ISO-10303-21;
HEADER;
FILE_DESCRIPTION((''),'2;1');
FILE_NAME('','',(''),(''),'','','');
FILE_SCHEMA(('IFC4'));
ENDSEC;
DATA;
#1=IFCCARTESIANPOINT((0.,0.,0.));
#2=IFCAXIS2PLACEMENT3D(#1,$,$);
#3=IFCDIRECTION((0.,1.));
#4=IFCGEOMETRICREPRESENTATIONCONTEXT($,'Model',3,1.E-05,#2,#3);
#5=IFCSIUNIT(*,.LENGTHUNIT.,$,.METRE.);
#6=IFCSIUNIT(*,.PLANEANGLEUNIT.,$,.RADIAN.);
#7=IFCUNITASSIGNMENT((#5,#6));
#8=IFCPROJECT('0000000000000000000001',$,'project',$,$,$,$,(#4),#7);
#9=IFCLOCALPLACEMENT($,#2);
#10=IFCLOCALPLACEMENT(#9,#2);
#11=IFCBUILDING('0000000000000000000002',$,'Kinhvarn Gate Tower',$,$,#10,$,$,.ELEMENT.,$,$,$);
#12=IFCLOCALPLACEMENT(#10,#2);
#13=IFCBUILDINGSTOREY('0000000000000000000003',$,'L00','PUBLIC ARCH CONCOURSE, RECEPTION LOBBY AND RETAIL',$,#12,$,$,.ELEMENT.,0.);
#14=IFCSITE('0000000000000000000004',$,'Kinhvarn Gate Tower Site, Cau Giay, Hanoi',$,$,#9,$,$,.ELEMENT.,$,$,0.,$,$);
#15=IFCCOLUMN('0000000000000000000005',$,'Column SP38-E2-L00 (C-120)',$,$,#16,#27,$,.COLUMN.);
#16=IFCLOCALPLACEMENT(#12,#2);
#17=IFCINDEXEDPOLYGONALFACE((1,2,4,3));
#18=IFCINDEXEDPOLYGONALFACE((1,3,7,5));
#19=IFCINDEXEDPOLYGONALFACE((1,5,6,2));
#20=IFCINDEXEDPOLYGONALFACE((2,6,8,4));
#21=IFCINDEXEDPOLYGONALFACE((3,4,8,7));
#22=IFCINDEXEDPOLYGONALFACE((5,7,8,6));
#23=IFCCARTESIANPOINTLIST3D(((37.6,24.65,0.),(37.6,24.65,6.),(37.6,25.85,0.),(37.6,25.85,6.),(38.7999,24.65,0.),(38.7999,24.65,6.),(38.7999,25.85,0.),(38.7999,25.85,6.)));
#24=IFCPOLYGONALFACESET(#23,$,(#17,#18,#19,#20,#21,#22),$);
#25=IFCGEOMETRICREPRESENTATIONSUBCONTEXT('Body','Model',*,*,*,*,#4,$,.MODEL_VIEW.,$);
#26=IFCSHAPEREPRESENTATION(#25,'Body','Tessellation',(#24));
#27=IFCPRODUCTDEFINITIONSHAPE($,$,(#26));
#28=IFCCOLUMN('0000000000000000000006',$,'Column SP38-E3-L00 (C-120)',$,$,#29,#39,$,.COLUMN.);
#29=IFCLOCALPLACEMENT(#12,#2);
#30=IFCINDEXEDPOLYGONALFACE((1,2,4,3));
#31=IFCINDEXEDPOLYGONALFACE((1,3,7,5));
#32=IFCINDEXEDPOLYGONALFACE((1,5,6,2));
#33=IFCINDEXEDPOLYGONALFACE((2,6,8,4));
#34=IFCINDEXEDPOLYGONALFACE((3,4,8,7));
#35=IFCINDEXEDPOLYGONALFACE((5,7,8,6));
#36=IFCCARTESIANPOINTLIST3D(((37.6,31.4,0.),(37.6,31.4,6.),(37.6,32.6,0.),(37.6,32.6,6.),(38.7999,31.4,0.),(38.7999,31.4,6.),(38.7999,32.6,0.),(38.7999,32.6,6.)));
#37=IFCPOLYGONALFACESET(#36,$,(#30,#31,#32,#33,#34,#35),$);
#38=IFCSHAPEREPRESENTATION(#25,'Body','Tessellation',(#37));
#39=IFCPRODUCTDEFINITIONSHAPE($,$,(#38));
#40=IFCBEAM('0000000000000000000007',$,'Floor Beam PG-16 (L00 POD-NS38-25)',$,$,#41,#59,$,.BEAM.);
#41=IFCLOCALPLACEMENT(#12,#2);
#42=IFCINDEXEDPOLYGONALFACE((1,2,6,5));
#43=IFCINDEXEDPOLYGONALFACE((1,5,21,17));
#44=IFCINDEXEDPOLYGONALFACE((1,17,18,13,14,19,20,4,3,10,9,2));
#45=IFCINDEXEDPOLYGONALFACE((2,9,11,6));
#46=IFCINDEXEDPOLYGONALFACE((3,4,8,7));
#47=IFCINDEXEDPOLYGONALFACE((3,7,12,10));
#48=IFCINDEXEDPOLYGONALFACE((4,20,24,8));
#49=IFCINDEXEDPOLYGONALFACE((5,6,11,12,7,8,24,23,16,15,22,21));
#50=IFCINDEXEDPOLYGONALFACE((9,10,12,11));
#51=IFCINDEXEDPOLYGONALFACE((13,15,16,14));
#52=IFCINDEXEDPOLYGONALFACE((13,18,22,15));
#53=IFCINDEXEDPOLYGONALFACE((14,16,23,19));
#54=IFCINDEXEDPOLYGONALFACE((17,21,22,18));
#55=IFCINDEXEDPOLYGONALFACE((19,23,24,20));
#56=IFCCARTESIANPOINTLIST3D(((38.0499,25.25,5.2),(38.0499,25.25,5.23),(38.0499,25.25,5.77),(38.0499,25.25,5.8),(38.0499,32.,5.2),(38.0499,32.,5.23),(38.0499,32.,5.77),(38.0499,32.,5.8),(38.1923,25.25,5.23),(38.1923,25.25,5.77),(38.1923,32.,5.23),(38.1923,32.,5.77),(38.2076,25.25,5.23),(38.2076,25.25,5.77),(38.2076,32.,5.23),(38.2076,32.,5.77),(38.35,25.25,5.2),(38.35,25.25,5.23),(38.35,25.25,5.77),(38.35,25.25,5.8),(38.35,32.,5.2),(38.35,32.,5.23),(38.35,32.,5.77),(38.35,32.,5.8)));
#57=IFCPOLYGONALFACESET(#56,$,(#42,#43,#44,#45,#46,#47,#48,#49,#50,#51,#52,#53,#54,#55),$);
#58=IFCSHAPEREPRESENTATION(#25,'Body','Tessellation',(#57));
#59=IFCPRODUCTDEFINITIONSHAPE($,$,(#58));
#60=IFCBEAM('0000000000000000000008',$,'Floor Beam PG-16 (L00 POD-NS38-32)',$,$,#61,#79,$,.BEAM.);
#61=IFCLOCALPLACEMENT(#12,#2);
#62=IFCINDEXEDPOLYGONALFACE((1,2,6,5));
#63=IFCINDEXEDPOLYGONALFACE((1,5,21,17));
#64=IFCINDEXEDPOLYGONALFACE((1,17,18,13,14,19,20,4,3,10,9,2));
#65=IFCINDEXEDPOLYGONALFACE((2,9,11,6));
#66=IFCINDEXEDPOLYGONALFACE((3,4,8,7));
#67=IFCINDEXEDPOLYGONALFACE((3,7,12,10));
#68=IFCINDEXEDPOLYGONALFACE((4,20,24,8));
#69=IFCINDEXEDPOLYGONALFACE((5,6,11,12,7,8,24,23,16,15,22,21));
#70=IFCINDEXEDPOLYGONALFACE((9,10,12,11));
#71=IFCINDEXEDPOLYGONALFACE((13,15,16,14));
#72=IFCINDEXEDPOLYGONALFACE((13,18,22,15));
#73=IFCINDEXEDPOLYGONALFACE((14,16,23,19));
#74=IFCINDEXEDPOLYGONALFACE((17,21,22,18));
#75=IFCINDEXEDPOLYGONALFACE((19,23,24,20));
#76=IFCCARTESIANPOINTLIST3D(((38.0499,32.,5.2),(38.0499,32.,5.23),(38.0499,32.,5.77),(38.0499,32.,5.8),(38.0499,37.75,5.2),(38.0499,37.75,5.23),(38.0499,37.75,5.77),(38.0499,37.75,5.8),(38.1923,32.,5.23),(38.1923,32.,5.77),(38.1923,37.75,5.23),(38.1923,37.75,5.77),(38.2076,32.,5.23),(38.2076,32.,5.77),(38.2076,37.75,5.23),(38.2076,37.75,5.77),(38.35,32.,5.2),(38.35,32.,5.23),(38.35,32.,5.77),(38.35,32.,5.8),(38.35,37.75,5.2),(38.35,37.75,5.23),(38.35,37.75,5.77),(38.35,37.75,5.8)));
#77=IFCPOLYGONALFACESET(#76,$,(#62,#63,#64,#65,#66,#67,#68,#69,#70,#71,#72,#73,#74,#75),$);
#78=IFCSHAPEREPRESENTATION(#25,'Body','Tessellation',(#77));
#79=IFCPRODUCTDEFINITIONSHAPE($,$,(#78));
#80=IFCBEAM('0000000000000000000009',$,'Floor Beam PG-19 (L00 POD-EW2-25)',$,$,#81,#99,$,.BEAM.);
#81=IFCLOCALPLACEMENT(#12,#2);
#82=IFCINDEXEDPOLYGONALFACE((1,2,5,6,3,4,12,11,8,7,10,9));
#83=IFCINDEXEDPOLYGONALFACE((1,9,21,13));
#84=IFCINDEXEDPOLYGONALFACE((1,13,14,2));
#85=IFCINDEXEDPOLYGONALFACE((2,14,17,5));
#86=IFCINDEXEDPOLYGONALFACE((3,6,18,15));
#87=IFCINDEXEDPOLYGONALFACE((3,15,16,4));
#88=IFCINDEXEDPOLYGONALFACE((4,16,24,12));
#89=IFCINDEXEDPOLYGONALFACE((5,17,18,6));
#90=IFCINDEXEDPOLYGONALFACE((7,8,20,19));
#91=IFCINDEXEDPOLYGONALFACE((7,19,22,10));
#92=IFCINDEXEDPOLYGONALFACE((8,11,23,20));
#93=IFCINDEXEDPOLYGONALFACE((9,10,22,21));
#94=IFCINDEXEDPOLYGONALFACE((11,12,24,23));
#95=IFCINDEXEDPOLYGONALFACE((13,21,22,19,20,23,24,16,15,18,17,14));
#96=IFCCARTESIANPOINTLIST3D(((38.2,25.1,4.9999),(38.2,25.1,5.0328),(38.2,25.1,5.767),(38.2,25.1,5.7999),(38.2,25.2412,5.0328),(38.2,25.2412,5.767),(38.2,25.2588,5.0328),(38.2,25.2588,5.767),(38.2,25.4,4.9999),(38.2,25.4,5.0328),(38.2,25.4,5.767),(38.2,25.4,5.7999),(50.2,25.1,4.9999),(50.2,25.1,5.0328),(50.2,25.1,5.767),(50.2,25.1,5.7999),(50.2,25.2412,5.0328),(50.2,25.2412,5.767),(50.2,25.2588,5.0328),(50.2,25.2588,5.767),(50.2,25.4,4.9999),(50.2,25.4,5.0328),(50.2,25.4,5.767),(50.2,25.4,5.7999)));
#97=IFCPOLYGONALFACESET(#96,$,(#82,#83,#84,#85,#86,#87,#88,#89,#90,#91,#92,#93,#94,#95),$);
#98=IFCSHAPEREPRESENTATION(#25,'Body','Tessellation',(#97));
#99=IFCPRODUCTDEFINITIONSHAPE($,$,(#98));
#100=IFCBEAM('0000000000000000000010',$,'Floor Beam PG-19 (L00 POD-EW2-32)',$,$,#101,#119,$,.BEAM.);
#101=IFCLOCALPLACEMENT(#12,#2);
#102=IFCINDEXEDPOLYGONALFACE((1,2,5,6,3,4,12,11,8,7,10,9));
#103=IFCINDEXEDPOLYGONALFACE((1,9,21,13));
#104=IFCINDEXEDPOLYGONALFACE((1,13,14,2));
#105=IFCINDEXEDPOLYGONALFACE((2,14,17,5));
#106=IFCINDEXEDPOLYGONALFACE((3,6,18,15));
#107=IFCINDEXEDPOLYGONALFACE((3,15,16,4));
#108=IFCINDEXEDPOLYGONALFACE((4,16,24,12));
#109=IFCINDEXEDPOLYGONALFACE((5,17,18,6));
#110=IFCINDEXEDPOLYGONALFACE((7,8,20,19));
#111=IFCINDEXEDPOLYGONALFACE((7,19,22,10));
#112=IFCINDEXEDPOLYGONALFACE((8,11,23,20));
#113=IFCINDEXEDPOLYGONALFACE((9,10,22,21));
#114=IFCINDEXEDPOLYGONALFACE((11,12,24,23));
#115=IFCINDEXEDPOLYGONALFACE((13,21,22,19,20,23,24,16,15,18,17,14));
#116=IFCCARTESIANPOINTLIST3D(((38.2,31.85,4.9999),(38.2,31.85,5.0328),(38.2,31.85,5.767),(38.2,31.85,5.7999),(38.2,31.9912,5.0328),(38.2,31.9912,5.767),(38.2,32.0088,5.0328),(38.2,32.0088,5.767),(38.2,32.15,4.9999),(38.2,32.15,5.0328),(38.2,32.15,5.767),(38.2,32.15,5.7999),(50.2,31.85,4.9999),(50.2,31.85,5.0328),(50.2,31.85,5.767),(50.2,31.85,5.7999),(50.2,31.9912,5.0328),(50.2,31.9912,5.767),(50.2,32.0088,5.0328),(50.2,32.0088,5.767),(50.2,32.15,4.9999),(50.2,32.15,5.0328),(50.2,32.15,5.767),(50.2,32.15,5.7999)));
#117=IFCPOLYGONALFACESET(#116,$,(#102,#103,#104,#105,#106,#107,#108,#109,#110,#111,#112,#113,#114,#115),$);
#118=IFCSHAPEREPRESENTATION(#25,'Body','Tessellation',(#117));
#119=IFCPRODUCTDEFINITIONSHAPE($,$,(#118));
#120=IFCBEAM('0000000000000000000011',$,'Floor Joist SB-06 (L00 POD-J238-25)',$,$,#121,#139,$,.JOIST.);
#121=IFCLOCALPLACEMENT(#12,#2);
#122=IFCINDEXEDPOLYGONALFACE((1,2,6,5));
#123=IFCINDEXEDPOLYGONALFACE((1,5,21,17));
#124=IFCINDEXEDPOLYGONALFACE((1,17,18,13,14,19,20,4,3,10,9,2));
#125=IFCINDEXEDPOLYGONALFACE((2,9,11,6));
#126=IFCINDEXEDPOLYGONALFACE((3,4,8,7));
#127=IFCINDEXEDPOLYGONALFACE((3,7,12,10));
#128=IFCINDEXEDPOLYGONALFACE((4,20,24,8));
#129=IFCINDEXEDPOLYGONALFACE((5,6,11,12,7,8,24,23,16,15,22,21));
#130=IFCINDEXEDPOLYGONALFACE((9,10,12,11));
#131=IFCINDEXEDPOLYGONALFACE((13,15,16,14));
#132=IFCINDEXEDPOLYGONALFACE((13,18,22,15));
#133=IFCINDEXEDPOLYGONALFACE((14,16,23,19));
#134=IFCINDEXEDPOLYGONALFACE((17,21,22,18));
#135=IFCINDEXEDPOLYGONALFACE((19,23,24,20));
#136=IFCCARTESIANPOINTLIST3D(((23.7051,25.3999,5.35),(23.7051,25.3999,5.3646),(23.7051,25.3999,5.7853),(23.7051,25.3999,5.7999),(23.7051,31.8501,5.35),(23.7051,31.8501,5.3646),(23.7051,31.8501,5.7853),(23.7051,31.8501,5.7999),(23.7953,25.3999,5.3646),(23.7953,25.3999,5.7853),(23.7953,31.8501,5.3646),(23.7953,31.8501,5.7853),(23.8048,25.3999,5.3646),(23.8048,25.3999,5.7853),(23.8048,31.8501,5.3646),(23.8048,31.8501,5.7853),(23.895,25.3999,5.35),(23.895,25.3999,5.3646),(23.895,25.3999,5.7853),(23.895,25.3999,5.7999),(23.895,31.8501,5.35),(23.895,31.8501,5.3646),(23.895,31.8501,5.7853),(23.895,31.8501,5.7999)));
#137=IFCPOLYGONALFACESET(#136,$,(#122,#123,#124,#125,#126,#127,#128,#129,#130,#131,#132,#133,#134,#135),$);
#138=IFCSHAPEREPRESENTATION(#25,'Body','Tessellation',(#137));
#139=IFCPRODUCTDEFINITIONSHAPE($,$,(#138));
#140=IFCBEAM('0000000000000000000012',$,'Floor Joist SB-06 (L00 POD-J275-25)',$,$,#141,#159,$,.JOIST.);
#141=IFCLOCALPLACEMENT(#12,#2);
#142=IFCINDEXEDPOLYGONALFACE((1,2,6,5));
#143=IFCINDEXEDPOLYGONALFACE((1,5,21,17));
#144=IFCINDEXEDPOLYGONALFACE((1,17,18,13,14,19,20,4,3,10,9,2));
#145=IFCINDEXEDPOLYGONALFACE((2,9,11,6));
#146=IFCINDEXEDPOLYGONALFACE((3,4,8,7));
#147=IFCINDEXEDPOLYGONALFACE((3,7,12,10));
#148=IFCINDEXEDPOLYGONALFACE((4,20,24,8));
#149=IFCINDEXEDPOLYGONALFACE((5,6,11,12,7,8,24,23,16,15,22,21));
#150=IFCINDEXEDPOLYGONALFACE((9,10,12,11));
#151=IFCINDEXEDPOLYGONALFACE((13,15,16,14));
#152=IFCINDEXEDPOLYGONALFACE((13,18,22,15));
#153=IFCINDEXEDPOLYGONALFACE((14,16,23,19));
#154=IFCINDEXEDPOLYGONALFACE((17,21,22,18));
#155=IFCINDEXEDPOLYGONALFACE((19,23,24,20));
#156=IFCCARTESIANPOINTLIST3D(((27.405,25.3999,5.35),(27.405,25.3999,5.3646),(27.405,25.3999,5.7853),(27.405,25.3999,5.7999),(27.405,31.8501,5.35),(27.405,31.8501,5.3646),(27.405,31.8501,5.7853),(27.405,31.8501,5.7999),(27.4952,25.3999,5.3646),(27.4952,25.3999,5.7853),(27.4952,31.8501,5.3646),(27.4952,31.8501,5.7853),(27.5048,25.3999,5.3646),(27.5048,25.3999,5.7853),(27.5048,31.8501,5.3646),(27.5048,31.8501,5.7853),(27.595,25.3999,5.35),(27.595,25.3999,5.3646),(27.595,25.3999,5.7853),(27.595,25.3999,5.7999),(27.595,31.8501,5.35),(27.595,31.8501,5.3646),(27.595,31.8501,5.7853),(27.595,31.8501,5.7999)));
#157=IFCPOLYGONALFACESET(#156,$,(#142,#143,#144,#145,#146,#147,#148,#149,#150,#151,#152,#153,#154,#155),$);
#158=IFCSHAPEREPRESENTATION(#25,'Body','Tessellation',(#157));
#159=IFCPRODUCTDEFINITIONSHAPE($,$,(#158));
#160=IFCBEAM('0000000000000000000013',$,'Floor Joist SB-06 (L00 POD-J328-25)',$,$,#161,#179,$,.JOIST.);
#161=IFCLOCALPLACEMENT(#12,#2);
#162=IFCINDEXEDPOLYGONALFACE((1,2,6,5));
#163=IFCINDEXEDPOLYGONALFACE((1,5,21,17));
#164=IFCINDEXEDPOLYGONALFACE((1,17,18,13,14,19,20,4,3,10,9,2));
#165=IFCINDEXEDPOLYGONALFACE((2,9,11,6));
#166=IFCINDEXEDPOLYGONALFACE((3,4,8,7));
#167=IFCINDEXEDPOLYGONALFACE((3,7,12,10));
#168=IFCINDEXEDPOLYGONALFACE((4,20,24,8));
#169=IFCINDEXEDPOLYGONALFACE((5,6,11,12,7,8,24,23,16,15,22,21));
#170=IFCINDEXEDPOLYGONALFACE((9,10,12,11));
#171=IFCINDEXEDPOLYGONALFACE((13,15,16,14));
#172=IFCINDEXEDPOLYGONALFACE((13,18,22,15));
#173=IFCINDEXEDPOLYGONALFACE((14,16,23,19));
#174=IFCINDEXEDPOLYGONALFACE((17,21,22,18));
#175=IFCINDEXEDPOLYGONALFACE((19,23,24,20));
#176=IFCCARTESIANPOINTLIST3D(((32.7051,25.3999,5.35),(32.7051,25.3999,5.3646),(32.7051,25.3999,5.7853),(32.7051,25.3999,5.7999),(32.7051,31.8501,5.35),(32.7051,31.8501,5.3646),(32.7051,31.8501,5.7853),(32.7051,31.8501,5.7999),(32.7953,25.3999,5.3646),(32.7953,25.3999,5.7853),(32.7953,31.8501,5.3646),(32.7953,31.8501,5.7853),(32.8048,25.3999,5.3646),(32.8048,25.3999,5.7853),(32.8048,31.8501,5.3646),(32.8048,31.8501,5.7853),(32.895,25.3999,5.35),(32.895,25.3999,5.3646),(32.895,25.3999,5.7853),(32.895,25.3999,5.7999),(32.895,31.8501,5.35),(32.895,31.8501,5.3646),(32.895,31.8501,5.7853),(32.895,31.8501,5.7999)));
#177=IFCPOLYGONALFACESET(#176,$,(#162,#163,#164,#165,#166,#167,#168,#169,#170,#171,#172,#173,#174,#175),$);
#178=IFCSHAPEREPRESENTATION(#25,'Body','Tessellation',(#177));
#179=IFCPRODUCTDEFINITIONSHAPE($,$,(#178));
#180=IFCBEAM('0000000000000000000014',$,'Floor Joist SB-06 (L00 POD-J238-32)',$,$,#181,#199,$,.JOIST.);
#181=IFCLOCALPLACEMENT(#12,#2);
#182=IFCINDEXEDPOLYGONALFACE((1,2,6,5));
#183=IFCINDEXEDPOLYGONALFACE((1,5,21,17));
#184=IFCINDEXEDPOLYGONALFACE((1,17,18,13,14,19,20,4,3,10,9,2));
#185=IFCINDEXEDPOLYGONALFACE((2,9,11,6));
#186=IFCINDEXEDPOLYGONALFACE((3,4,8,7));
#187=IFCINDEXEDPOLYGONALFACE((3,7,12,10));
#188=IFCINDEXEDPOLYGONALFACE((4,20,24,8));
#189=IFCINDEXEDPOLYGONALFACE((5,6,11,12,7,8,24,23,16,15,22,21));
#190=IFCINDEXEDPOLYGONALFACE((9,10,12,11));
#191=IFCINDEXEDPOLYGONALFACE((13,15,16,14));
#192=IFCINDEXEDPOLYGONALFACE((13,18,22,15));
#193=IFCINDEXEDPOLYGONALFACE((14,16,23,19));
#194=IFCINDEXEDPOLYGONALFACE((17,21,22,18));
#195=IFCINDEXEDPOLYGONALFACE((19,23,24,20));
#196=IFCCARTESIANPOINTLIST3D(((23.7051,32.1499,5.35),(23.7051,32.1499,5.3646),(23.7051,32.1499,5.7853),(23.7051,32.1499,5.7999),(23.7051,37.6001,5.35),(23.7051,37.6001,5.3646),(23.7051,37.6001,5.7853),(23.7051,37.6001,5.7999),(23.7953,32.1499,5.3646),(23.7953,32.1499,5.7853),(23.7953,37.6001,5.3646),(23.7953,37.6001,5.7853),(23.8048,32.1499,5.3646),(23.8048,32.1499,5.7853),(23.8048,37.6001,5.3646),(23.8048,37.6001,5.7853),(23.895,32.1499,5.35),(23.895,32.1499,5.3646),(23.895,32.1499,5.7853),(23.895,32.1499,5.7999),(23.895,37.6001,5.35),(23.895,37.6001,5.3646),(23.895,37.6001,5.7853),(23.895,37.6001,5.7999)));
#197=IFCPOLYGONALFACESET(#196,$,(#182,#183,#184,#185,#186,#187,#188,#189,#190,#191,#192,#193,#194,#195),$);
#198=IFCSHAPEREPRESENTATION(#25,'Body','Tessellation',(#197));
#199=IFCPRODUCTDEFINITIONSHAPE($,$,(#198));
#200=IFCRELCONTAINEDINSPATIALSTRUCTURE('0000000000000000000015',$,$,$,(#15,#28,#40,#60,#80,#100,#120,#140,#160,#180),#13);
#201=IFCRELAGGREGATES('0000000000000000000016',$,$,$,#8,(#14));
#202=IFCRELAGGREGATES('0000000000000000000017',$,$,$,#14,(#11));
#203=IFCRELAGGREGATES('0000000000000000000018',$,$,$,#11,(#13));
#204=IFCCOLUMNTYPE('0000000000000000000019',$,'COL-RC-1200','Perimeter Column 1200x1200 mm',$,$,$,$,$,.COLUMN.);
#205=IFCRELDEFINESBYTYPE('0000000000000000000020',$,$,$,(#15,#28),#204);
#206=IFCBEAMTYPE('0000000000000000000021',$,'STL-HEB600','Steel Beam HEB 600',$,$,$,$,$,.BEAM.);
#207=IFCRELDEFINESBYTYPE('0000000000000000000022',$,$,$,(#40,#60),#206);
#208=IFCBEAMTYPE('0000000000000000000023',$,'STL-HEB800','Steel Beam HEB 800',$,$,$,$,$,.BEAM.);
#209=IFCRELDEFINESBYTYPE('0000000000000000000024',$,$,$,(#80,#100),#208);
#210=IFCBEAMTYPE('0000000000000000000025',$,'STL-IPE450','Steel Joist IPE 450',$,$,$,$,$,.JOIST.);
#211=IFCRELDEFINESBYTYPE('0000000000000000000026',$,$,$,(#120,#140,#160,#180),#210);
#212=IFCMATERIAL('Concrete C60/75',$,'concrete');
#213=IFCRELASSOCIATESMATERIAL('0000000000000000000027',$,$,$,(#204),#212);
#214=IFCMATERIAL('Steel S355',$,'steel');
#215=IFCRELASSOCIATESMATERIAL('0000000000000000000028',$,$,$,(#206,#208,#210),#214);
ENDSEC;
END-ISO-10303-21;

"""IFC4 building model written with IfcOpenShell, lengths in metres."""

from ifc_helpers import new_model, si_unit, direction, frame, origin, origin_2d, place, context, subcontext, project, spatial, rectangle, i_section, extrude, material, material_profile, profile_set, type_object, element, save


model = new_model("IFC4")

# Units and contexts
model_context = context("Model", 3, precision=1e-05, world=origin(), true_north=direction((0.0, 1.0)))
body_context = subcontext(model_context, "Body", "Model", "MODEL_VIEW")
ifc_project = project(units=[si_unit("LENGTHUNIT", "METRE"), si_unit("PLANEANGLEUNIT", "RADIAN")], contexts=[model_context])

# Site, building, storey
site_placement = place(None, origin())
site = spatial("IfcSite", under=ifc_project, at=site_placement, Name="Kinhvarn Gate Tower Site, Cau Giay, Hanoi", CompositionType="ELEMENT", RefElevation=0.0)
building_placement = place(site_placement, origin())
building = spatial("IfcBuilding", under=site, at=building_placement, Name="Kinhvarn Gate Tower", CompositionType="ELEMENT")
storey_placement = place(building_placement, origin())
storey = spatial("IfcBuildingStorey", under=building, at=storey_placement, Name="L00", Description="PUBLIC ARCH CONCOURSE, RECEPTION LOBBY AND RETAIL", CompositionType="ELEMENT", Elevation=0.0)

# Columns
ifc_material_1 = material(Name="Concrete C60/75", Category="concrete")
ifc_material_profile_1 = material_profile(ifc_material_1, rectangle(XDim=1.2, YDim=1.2, at=origin_2d()), Name="RC 1200x1200")
ifc_profile_set_1 = profile_set([ifc_material_profile_1], Name="Concrete C60/75")
column_type = type_object("IfcColumnType", Name="COL-RC-1200", Description="Perimeter Column 1200x1200 mm", PredefinedType="COLUMN", material=ifc_profile_set_1)
for number, where, z_axis, x_axis, name in (
    (1, (38.2, 25.25, 0.0), (0.0, 0.0, 1.0), (1.0, 0.0, 0.0), "Column SP38-E2-L00 (C-120)"),
    (2, (38.2, 32.0, 0.0), (0.0, 0.0, 1.0), (1.0, 0.0, 0.0), "Column SP38-E3-L00 (C-120)"),
):
    element("IfcColumn", number, at=place(storey_placement, frame(where, z_axis=z_axis, x_axis=x_axis)), inside=storey, type_object=column_type, Name=name, PredefinedType="COLUMN", context=body_context, shape_type="SweptSolid", body=[
        extrude(rectangle(XDim=1.2, YDim=1.2, at=origin_2d()), origin(), (0.0, 0.0, 1.0), 6.0),
    ])

# Beams
ifc_material_2 = material(Name="Steel S355", Category="steel")
ifc_material_profile_2 = material_profile(ifc_material_2, i_section(OverallWidth=0.3, OverallDepth=0.6001, WebThickness=0.0154, FlangeThickness=0.03, at=origin_2d()), Name="HEB 600")
ifc_profile_set_2 = profile_set([ifc_material_profile_2], Name="Steel S355")
beam_type_1 = type_object("IfcBeamType", Name="STL-HEB600", Description="Steel Beam HEB 600", PredefinedType="BEAM", material=ifc_profile_set_2)
beam_1_placement = place(storey_placement, frame((38.2, 25.25, 5.5), z_axis=(0.0, 1.0, 0.0), x_axis=(-1.0, 0.0, 0.0)))
element("IfcBeam", 3, at=beam_1_placement, inside=storey, type_object=beam_type_1, Name="Floor Beam PG-16 (L00 POD-NS38-25)", PredefinedType="BEAM", context=body_context, shape_type="SweptSolid", body=[
    extrude(i_section(OverallWidth=0.3, OverallDepth=0.6001, WebThickness=0.0154, FlangeThickness=0.03, at=origin_2d()), origin(), (0.0, 0.0, 1.0), 6.75),
])
beam_2_placement = place(storey_placement, frame((38.2, 32.0, 5.5), z_axis=(0.0, 1.0, 0.0), x_axis=(-1.0, 0.0, 0.0)))
element("IfcBeam", 4, at=beam_2_placement, inside=storey, type_object=beam_type_1, Name="Floor Beam PG-16 (L00 POD-NS38-32)", PredefinedType="BEAM", context=body_context, shape_type="SweptSolid", body=[
    extrude(i_section(OverallWidth=0.3, OverallDepth=0.6001, WebThickness=0.0154, FlangeThickness=0.03, at=origin_2d()), origin(), (0.0, 0.0, 1.0), 5.75),
])
ifc_material_profile_3 = material_profile(ifc_material_2, i_section(OverallWidth=0.3, OverallDepth=0.8, WebThickness=0.0176, FlangeThickness=0.033, at=origin_2d()), Name="HEB 800")
ifc_profile_set_3 = profile_set([ifc_material_profile_3], Name="Steel S355")
beam_type_2 = type_object("IfcBeamType", Name="STL-HEB800", Description="Steel Beam HEB 800", PredefinedType="BEAM", material=ifc_profile_set_3)
for number, where, z_axis, x_axis, name in (
    (5, (38.2, 25.25, 5.3999), (1.0, 0.0, 0.0), (0.0, 1.0, 0.0), "Floor Beam PG-19 (L00 POD-EW2-25)"),
    (6, (38.2, 32.0, 5.3999), (1.0, 0.0, 0.0), (0.0, 1.0, 0.0), "Floor Beam PG-19 (L00 POD-EW2-32)"),
):
    element("IfcBeam", number, at=place(storey_placement, frame(where, z_axis=z_axis, x_axis=x_axis)), inside=storey, type_object=beam_type_2, Name=name, PredefinedType="BEAM", context=body_context, shape_type="SweptSolid", body=[
        extrude(i_section(OverallWidth=0.3, OverallDepth=0.8, WebThickness=0.0176, FlangeThickness=0.033, at=origin_2d()), origin(), (0.0, 0.0, 1.0), 12.0),
    ])
ifc_material_profile_4 = material_profile(ifc_material_2, i_section(OverallWidth=0.1899, OverallDepth=0.45, WebThickness=0.0095, FlangeThickness=0.0146, at=origin_2d()), Name="IPE 450")
ifc_profile_set_4 = profile_set([ifc_material_profile_4], Name="Steel S355")
beam_type_3 = type_object("IfcBeamType", Name="STL-IPE450", Description="Steel Joist IPE 450", PredefinedType="JOIST", material=ifc_profile_set_4)
for number, where, z_axis, x_axis, name in (
    (7, (23.8, 25.3999, 5.575), (0.0, 1.0, 0.0), (-1.0, 0.0, 0.0), "Floor Joist SB-06 (L00 POD-J238-25)"),
    (8, (27.5, 25.3999, 5.575), (0.0, 1.0, 0.0), (-1.0, 0.0, 0.0), "Floor Joist SB-06 (L00 POD-J275-25)"),
    (9, (32.8, 25.3999, 5.575), (0.0, 1.0, 0.0), (-1.0, 0.0, 0.0), "Floor Joist SB-06 (L00 POD-J328-25)"),
):
    element("IfcBeam", number, at=place(storey_placement, frame(where, z_axis=z_axis, x_axis=x_axis)), inside=storey, type_object=beam_type_3, Name=name, PredefinedType="JOIST", context=body_context, shape_type="SweptSolid", body=[
        extrude(i_section(OverallWidth=0.1899, OverallDepth=0.45, WebThickness=0.0095, FlangeThickness=0.0146, at=origin_2d()), origin(), (0.0, 0.0, 1.0), 6.4502),
    ])
for number, where, z_axis, x_axis, name in (
    (10, (23.8, 32.1499, 5.575), (0.0, 1.0, 0.0), (-1.0, 0.0, 0.0), "Floor Joist SB-06 (L00 POD-J238-32)"),
):
    element("IfcBeam", number, at=place(storey_placement, frame(where, z_axis=z_axis, x_axis=x_axis)), inside=storey, type_object=beam_type_3, Name=name, PredefinedType="JOIST", context=body_context, shape_type="SweptSolid", body=[
        extrude(i_section(OverallWidth=0.1899, OverallDepth=0.45, WebThickness=0.0095, FlangeThickness=0.0146, at=origin_2d()), origin(), (0.0, 0.0, 1.0), 5.4502),
    ])

save(model, "model.ifc")
